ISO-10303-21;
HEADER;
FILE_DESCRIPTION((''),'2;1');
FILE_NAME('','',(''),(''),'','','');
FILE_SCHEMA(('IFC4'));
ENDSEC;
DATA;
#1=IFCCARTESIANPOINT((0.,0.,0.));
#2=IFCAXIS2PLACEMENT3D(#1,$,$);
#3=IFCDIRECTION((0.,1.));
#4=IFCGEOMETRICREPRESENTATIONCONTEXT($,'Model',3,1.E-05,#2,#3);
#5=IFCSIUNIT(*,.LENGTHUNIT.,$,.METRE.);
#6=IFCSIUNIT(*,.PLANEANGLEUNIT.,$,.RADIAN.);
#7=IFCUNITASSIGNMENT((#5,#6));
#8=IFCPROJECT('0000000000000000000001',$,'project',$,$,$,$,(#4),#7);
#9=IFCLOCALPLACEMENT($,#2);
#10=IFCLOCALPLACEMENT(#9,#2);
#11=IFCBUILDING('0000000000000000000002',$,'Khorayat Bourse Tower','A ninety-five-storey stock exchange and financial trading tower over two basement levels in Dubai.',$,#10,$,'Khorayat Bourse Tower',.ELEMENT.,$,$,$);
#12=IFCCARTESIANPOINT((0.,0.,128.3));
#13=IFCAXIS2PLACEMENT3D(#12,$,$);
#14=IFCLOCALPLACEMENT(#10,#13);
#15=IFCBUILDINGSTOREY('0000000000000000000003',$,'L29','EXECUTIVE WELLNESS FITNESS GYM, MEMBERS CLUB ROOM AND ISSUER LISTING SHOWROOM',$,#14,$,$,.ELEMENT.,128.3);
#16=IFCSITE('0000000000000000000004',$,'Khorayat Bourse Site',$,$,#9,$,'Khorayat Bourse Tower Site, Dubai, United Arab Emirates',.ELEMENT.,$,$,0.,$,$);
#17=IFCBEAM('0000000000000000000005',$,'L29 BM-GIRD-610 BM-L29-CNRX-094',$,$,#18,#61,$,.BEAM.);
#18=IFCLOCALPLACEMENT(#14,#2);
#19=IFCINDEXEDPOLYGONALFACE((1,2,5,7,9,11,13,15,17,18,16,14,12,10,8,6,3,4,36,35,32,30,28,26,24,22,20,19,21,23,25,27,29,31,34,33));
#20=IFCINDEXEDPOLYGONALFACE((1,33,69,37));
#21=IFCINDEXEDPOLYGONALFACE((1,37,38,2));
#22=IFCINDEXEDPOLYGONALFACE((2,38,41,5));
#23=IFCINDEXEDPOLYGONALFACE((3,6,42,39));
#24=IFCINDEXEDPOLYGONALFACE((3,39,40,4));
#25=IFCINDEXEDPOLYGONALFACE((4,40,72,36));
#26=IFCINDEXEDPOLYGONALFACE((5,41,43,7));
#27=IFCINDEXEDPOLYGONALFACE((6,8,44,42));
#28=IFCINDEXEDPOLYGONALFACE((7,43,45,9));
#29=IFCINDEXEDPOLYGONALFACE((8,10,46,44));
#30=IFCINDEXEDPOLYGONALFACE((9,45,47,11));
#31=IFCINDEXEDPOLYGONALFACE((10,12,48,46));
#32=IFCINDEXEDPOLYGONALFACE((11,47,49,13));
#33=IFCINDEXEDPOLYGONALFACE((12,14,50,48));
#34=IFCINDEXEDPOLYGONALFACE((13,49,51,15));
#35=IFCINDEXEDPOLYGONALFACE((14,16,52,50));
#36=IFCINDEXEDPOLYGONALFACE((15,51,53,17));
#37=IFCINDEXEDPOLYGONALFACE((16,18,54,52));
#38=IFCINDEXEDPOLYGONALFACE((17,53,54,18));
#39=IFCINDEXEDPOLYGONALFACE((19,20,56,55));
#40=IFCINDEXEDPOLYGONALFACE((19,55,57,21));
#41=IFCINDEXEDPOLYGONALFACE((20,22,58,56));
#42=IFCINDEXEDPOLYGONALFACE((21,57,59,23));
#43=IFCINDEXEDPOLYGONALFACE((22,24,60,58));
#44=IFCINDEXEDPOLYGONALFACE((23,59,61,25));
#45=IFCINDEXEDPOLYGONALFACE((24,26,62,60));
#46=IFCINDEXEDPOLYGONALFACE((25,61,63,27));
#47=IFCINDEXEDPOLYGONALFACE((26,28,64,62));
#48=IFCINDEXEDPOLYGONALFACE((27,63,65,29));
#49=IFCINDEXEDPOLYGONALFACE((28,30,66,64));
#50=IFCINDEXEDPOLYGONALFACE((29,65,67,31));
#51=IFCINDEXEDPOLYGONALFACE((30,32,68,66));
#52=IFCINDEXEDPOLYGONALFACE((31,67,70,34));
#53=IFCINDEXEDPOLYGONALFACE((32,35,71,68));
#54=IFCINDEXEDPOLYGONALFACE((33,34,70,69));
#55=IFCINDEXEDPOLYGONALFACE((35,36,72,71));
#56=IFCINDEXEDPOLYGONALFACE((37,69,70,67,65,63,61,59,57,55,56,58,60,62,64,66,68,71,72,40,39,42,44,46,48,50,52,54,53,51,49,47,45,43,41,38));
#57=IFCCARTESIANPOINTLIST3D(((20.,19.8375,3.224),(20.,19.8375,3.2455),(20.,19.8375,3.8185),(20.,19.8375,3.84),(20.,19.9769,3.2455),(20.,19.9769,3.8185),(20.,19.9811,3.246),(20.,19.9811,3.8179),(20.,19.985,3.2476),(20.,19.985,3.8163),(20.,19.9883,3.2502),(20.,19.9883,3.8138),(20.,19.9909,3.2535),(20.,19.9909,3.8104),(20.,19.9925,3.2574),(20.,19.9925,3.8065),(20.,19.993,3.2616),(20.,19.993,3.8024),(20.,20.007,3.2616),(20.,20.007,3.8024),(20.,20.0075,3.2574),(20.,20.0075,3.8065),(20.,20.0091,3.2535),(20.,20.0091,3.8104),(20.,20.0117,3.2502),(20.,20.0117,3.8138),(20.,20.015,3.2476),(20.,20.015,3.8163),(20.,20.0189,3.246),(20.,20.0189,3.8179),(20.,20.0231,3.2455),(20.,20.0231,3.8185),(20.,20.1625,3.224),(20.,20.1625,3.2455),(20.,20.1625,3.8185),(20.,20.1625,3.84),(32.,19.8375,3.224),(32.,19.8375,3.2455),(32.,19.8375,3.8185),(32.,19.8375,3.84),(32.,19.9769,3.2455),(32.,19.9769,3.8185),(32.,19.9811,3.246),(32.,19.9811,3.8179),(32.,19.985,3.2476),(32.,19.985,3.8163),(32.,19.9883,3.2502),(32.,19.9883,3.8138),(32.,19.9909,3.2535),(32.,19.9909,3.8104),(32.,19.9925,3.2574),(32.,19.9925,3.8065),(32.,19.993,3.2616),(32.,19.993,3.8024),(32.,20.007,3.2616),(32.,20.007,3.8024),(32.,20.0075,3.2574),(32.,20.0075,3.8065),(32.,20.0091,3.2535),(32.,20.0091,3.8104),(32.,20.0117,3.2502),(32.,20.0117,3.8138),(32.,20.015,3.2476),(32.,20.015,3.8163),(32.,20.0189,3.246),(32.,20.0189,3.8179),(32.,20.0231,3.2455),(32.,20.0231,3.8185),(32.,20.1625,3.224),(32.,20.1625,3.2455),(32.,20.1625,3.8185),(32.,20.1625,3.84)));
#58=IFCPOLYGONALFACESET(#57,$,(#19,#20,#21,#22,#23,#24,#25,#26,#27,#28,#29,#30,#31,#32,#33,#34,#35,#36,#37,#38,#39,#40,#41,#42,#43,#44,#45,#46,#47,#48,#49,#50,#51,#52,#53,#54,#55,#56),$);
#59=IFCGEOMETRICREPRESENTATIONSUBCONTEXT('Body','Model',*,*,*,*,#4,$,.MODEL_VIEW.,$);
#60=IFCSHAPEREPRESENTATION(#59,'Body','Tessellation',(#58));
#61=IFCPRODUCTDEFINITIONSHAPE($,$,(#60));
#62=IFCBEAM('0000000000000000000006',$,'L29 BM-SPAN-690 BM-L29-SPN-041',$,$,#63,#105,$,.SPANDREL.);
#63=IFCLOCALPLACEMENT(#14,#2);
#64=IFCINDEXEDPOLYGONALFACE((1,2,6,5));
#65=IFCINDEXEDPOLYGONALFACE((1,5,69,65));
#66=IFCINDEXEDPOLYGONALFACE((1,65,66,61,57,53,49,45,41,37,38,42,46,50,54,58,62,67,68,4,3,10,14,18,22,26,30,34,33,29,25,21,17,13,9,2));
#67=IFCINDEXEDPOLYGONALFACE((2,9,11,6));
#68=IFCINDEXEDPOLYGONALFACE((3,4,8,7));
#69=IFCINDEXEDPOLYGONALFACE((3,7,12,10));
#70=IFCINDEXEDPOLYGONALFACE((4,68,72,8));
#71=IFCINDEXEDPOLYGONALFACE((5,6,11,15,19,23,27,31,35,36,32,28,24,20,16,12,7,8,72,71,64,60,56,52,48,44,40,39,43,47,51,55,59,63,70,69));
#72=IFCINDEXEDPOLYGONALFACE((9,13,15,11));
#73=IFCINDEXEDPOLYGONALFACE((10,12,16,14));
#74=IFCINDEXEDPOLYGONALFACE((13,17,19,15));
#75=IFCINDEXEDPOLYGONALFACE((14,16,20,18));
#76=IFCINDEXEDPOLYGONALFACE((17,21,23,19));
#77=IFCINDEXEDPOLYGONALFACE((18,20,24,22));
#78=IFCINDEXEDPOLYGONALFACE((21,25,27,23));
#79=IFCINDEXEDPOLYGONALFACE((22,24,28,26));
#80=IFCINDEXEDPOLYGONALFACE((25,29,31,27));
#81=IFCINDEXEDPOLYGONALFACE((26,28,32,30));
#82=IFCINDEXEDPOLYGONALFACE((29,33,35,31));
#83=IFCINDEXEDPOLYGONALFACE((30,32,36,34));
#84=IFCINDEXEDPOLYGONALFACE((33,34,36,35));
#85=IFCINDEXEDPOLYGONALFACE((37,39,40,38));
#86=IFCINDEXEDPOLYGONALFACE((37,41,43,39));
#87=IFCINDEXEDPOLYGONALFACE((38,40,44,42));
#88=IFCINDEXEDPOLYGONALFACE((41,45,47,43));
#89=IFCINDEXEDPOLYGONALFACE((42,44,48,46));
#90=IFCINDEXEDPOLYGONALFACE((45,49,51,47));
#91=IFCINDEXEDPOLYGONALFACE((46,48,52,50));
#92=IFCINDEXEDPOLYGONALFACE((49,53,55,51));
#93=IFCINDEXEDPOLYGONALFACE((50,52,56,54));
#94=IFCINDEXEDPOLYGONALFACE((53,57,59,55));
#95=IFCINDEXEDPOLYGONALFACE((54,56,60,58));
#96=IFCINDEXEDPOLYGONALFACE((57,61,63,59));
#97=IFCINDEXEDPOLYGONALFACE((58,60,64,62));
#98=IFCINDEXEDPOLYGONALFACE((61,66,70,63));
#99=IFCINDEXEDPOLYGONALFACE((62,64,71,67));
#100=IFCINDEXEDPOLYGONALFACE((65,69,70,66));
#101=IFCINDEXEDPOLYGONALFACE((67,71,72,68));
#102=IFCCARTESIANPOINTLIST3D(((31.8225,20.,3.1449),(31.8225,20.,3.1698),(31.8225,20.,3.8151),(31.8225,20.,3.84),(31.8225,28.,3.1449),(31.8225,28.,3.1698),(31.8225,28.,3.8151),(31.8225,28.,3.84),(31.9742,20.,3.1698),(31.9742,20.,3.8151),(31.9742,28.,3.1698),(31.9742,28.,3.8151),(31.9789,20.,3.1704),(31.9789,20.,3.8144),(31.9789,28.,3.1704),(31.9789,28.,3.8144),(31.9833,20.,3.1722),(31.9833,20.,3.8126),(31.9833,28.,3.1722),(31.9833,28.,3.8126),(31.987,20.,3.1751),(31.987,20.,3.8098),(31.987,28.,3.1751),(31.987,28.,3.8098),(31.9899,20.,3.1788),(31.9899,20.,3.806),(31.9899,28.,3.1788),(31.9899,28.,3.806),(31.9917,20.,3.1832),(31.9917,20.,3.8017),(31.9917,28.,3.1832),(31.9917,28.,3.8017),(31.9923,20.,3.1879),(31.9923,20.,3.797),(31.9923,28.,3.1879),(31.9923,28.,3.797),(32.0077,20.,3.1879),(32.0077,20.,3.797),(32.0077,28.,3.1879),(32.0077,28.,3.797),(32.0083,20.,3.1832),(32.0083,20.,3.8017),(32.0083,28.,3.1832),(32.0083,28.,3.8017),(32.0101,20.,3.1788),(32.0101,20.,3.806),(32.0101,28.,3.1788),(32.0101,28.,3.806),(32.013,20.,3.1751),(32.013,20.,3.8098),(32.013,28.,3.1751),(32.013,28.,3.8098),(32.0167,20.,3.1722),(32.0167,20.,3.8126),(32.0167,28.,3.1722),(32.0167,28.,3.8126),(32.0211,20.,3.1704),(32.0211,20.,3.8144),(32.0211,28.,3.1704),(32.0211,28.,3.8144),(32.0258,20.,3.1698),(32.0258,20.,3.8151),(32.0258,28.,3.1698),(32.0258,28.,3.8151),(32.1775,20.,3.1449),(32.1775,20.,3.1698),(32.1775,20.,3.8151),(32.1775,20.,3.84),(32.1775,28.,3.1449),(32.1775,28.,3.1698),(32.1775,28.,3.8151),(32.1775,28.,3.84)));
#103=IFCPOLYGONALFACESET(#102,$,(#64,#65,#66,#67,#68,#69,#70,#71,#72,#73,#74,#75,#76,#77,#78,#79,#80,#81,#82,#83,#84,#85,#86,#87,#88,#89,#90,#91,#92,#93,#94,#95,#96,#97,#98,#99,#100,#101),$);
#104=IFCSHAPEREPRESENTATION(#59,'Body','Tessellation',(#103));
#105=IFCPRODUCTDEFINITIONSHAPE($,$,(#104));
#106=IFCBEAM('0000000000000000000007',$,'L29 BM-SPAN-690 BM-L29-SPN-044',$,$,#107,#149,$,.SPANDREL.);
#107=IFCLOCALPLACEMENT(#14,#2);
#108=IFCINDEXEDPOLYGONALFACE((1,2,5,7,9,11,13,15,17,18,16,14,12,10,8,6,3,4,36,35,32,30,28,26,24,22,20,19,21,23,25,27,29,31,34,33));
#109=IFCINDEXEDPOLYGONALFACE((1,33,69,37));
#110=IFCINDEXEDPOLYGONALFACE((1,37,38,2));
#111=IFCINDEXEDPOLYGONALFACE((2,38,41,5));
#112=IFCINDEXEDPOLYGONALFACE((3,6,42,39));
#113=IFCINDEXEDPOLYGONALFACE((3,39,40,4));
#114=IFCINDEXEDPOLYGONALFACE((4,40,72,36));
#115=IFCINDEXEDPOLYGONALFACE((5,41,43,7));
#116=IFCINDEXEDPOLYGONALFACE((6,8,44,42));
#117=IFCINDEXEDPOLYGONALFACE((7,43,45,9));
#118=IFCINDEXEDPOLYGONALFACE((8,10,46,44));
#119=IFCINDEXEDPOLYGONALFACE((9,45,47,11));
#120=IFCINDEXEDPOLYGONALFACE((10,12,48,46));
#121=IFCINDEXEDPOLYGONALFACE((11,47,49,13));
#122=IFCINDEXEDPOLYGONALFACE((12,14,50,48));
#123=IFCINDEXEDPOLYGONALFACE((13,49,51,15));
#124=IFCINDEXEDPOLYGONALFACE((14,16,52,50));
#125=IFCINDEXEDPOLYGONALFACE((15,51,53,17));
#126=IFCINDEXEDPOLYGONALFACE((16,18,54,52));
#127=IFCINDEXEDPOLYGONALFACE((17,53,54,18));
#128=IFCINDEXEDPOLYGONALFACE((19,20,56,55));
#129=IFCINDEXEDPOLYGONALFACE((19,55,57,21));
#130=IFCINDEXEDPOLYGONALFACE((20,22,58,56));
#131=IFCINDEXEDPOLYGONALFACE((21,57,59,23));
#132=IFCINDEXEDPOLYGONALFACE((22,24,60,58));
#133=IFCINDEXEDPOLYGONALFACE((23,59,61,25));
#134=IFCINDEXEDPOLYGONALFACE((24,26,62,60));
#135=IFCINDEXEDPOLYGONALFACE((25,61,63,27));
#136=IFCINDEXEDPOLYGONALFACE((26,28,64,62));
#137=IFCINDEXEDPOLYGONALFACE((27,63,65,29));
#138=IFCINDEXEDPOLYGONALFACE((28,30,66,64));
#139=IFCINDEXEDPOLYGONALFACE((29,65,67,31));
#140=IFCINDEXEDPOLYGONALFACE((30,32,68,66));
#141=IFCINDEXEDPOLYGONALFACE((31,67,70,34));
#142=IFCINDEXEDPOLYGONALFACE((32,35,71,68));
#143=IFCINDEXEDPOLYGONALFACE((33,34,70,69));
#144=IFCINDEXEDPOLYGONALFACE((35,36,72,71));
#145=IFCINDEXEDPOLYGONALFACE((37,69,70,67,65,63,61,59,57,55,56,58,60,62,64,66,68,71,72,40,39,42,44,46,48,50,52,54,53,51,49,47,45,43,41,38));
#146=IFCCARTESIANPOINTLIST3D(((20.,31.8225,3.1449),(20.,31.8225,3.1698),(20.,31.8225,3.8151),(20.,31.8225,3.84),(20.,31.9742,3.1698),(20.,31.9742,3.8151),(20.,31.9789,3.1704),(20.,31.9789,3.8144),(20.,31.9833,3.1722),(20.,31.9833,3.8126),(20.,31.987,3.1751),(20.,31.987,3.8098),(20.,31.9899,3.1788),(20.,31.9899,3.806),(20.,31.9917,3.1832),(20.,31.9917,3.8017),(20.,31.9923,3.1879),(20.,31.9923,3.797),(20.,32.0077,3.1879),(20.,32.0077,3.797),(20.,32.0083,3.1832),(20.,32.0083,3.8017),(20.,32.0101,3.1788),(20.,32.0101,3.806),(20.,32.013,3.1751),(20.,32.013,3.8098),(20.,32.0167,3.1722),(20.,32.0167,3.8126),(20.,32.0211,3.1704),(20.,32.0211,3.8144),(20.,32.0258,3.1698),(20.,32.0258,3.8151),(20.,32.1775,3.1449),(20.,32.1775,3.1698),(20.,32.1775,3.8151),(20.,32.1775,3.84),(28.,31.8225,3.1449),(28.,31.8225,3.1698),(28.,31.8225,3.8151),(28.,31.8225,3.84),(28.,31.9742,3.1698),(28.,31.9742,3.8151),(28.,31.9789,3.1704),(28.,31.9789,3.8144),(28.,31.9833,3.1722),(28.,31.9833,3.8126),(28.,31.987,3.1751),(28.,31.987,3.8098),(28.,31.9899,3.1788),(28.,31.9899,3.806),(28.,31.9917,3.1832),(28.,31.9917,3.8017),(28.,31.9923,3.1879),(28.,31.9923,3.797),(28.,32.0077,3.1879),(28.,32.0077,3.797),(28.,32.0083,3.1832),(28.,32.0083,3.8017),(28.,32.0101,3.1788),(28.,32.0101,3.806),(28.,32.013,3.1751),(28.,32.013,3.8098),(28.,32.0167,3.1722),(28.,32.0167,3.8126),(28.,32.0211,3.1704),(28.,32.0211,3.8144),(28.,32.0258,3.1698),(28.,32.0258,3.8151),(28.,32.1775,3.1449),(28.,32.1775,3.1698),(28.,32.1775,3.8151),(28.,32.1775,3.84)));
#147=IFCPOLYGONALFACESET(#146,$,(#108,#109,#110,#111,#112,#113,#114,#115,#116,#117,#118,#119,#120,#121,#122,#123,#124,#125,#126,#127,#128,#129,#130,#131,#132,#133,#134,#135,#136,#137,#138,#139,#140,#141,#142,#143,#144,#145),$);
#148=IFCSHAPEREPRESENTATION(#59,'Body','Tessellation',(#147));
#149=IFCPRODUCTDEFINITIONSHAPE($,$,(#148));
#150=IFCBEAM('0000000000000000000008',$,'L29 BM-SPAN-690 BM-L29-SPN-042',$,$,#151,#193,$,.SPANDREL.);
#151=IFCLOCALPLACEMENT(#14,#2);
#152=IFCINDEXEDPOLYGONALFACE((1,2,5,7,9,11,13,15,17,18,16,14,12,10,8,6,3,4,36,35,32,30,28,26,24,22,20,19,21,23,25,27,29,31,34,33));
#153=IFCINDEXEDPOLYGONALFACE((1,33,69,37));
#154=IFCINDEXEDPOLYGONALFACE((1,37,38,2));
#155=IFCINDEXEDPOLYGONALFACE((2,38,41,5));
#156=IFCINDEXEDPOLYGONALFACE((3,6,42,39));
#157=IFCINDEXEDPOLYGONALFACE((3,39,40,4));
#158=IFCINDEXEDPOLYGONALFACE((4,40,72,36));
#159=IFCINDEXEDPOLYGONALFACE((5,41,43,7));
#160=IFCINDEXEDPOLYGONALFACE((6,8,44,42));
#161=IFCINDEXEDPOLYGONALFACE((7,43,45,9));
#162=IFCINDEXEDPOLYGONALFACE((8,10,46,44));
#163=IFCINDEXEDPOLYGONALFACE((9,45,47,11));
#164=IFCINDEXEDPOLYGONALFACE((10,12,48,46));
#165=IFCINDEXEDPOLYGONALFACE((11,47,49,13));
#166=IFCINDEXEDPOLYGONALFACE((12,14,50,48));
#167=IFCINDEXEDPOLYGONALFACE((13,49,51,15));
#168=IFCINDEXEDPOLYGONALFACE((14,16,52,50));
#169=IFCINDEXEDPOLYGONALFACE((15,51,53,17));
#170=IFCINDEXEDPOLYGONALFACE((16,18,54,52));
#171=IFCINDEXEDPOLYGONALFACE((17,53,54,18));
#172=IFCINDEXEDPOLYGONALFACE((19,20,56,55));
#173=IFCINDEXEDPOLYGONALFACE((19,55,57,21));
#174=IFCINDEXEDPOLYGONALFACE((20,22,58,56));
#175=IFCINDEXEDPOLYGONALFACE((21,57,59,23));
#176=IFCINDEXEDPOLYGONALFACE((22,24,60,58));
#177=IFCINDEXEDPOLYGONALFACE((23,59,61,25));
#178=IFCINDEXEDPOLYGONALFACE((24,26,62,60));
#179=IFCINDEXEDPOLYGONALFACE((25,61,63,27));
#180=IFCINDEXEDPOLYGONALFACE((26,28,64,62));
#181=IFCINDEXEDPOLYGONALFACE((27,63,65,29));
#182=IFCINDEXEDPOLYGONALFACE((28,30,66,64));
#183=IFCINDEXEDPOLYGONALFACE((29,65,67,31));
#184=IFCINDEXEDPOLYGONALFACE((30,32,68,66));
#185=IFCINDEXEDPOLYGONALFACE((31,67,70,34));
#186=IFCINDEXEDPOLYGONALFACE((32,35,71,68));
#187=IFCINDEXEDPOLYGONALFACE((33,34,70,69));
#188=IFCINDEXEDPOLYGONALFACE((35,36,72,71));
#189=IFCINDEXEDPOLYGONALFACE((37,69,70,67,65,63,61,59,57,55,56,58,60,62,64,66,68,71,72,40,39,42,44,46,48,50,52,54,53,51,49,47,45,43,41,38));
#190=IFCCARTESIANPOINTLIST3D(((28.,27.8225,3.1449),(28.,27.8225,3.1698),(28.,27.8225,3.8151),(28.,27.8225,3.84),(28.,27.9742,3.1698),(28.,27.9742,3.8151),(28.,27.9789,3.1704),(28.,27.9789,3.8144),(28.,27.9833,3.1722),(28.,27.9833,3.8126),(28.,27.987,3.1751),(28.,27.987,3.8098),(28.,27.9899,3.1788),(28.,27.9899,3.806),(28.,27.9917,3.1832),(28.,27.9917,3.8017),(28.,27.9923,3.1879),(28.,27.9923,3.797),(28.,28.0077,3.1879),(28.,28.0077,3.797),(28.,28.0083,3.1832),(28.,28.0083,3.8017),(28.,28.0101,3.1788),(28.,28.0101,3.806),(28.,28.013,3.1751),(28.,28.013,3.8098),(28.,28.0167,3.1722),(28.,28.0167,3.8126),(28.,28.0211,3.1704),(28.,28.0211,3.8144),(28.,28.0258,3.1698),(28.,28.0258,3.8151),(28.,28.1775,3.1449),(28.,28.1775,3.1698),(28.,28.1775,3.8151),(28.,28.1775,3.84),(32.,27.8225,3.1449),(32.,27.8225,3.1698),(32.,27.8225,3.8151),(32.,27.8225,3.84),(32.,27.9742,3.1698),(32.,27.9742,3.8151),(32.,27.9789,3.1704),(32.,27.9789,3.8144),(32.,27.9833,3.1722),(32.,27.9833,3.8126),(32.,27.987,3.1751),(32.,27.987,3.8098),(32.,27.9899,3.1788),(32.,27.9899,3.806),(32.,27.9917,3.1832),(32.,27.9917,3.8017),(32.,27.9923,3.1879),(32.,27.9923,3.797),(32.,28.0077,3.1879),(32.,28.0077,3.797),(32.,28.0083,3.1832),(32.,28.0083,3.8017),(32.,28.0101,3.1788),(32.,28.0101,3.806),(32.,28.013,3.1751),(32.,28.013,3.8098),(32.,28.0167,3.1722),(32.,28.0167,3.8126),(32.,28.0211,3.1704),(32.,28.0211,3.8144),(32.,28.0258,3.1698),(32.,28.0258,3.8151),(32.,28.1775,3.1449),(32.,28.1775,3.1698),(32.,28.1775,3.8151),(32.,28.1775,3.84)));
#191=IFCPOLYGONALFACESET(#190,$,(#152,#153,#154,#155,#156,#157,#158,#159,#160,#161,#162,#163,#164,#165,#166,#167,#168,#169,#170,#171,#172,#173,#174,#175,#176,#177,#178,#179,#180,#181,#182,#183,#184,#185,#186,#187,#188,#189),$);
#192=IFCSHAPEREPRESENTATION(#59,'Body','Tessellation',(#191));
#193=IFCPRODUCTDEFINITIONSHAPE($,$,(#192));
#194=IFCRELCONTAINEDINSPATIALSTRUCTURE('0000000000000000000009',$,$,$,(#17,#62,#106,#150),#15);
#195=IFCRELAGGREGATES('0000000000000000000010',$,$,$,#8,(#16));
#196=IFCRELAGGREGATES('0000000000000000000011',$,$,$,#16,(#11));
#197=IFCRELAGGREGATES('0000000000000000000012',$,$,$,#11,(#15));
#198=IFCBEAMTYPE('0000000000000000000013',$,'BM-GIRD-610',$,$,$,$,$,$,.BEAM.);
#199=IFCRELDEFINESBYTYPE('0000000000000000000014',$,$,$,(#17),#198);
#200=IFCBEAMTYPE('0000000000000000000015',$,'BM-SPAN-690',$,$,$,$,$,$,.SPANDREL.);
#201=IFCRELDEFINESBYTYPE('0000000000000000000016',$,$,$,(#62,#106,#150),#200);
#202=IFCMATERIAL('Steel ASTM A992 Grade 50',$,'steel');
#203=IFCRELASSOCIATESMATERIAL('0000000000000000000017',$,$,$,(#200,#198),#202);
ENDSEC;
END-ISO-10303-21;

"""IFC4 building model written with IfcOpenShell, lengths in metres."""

from ifc_helpers import new_model, si_unit, direction, frame, origin, origin_2d, place, context, subcontext, project, spatial, i_section, extrude, source, transform, mapped, material, material_profile, profile_set, type_object, element, save


model = new_model("IFC4")

# Units and contexts
model_context = context("Model", 3, precision=1e-05, world=origin(), true_north=direction((0.0, 1.0)))
body_context = subcontext(model_context, "Body", "Model", "MODEL_VIEW")
ifc_project = project(units=[si_unit("LENGTHUNIT", "METRE"), si_unit("PLANEANGLEUNIT", "RADIAN")], contexts=[model_context])

# Site, building, storey
site_placement = place(None, origin())
site = spatial("IfcSite", under=ifc_project, at=site_placement, Name="Khorayat Bourse Site", LongName="Khorayat Bourse Tower Site, Dubai, United Arab Emirates", CompositionType="ELEMENT", RefElevation=0.0)
building_placement = place(site_placement, origin())
building = spatial("IfcBuilding", under=site, at=building_placement, Name="Khorayat Bourse Tower", Description="A ninety-five-storey stock exchange and financial trading tower over two basement levels in Dubai.", LongName="Khorayat Bourse Tower", CompositionType="ELEMENT")
storey_placement = place(building_placement, frame((0.0, 0.0, 128.3)))
storey = spatial("IfcBuildingStorey", under=building, at=storey_placement, Name="L29", Description="EXECUTIVE WELLNESS FITNESS GYM, MEMBERS CLUB ROOM AND ISSUER LISTING SHOWROOM", CompositionType="ELEMENT", Elevation=128.3)

# Beams
ifc_material_1 = material(Name="Steel ASTM A992 Grade 50", Category="steel")
ifc_material_profile_1 = material_profile(ifc_material_1, i_section(OverallWidth=0.355, OverallDepth=0.6951, WebThickness=0.0154, FlangeThickness=0.0249, FilletRadius=0.0181, at=origin_2d()), Name="W690X217")
ifc_profile_set_1 = profile_set([ifc_material_profile_1], Name="Steel ASTM A992 Grade 50")
beam_type_1 = type_object("IfcBeamType", Name="BM-SPAN-690", PredefinedType="SPANDREL", material=ifc_profile_set_1)
ifc_material_profile_2 = material_profile(ifc_material_1, i_section(OverallWidth=0.325, OverallDepth=0.616, WebThickness=0.0139, FlangeThickness=0.0215, FilletRadius=0.0161, at=origin_2d()), Name="W610X174")
ifc_profile_set_2 = profile_set([ifc_material_profile_2], Name="Steel ASTM A992 Grade 50")
beam_type_2 = type_object("IfcBeamType", Name="BM-GIRD-610", PredefinedType="BEAM", material=ifc_profile_set_2)
shared_shape_1 = source(origin(), body_context, "Body", "SweptSolid", [
    extrude(i_section(OverallWidth=0.325, OverallDepth=0.616, WebThickness=0.0139, FlangeThickness=0.0215, FilletRadius=0.0161, at=origin_2d()), origin(), (0.0, 0.0, 1.0), 12.0),
])
beam_1_placement = place(storey_placement, frame((20.0, 20.0, 3.532), z_axis=(1.0, 0.0, 0.0), x_axis=(0.0, 1.0, 0.0)))
element("IfcBeam", 1, at=beam_1_placement, inside=storey, type_object=beam_type_2, Name="L29 BM-GIRD-610 BM-L29-CNRX-094", PredefinedType="BEAM", context=body_context, shape_type="MappedRepresentation", body=[
    mapped(shared_shape_1, transform((0.0, 0.0, 0.0), scale=1.0)),
])
shared_shape_2 = source(origin(), body_context, "Body", "SweptSolid", [
    extrude(i_section(OverallWidth=0.355, OverallDepth=0.6951, WebThickness=0.0154, FlangeThickness=0.0249, FilletRadius=0.0181, at=origin_2d()), origin(), (0.0, 0.0, 1.0), 8.0),
])
for number, where, z_axis, x_axis, name in (
    (2, (32.0, 20.0, 3.4924), (0.0, 1.0, 0.0), (-1.0, 0.0, 0.0), "L29 BM-SPAN-690 BM-L29-SPN-041"),
    (3, (20.0, 32.0, 3.4924), (1.0, 0.0, 0.0), (0.0, 1.0, 0.0), "L29 BM-SPAN-690 BM-L29-SPN-044"),
):
    element("IfcBeam", number, at=place(storey_placement, frame(where, z_axis=z_axis, x_axis=x_axis)), inside=storey, type_object=beam_type_1, Name=name, PredefinedType="SPANDREL", context=body_context, shape_type="MappedRepresentation", body=[
        mapped(shared_shape_2, transform((0.0, 0.0, 0.0), scale=1.0)),
    ])
shared_shape_3 = source(origin(), body_context, "Body", "SweptSolid", [
    extrude(i_section(OverallWidth=0.355, OverallDepth=0.6951, WebThickness=0.0154, FlangeThickness=0.0249, FilletRadius=0.0181, at=origin_2d()), origin(), (0.0, 0.0, 1.0), 4.0),
])
for number, where, z_axis, x_axis, name in (
    (4, (28.0, 28.0, 3.4924), (1.0, 0.0, 0.0), (0.0, 1.0, 0.0), "L29 BM-SPAN-690 BM-L29-SPN-042"),
):
    element("IfcBeam", number, at=place(storey_placement, frame(where, z_axis=z_axis, x_axis=x_axis)), inside=storey, type_object=beam_type_1, Name=name, PredefinedType="SPANDREL", context=body_context, shape_type="MappedRepresentation", body=[
        mapped(shared_shape_3, transform((0.0, 0.0, 0.0), scale=1.0)),
    ])

save(model, "model.ifc")
